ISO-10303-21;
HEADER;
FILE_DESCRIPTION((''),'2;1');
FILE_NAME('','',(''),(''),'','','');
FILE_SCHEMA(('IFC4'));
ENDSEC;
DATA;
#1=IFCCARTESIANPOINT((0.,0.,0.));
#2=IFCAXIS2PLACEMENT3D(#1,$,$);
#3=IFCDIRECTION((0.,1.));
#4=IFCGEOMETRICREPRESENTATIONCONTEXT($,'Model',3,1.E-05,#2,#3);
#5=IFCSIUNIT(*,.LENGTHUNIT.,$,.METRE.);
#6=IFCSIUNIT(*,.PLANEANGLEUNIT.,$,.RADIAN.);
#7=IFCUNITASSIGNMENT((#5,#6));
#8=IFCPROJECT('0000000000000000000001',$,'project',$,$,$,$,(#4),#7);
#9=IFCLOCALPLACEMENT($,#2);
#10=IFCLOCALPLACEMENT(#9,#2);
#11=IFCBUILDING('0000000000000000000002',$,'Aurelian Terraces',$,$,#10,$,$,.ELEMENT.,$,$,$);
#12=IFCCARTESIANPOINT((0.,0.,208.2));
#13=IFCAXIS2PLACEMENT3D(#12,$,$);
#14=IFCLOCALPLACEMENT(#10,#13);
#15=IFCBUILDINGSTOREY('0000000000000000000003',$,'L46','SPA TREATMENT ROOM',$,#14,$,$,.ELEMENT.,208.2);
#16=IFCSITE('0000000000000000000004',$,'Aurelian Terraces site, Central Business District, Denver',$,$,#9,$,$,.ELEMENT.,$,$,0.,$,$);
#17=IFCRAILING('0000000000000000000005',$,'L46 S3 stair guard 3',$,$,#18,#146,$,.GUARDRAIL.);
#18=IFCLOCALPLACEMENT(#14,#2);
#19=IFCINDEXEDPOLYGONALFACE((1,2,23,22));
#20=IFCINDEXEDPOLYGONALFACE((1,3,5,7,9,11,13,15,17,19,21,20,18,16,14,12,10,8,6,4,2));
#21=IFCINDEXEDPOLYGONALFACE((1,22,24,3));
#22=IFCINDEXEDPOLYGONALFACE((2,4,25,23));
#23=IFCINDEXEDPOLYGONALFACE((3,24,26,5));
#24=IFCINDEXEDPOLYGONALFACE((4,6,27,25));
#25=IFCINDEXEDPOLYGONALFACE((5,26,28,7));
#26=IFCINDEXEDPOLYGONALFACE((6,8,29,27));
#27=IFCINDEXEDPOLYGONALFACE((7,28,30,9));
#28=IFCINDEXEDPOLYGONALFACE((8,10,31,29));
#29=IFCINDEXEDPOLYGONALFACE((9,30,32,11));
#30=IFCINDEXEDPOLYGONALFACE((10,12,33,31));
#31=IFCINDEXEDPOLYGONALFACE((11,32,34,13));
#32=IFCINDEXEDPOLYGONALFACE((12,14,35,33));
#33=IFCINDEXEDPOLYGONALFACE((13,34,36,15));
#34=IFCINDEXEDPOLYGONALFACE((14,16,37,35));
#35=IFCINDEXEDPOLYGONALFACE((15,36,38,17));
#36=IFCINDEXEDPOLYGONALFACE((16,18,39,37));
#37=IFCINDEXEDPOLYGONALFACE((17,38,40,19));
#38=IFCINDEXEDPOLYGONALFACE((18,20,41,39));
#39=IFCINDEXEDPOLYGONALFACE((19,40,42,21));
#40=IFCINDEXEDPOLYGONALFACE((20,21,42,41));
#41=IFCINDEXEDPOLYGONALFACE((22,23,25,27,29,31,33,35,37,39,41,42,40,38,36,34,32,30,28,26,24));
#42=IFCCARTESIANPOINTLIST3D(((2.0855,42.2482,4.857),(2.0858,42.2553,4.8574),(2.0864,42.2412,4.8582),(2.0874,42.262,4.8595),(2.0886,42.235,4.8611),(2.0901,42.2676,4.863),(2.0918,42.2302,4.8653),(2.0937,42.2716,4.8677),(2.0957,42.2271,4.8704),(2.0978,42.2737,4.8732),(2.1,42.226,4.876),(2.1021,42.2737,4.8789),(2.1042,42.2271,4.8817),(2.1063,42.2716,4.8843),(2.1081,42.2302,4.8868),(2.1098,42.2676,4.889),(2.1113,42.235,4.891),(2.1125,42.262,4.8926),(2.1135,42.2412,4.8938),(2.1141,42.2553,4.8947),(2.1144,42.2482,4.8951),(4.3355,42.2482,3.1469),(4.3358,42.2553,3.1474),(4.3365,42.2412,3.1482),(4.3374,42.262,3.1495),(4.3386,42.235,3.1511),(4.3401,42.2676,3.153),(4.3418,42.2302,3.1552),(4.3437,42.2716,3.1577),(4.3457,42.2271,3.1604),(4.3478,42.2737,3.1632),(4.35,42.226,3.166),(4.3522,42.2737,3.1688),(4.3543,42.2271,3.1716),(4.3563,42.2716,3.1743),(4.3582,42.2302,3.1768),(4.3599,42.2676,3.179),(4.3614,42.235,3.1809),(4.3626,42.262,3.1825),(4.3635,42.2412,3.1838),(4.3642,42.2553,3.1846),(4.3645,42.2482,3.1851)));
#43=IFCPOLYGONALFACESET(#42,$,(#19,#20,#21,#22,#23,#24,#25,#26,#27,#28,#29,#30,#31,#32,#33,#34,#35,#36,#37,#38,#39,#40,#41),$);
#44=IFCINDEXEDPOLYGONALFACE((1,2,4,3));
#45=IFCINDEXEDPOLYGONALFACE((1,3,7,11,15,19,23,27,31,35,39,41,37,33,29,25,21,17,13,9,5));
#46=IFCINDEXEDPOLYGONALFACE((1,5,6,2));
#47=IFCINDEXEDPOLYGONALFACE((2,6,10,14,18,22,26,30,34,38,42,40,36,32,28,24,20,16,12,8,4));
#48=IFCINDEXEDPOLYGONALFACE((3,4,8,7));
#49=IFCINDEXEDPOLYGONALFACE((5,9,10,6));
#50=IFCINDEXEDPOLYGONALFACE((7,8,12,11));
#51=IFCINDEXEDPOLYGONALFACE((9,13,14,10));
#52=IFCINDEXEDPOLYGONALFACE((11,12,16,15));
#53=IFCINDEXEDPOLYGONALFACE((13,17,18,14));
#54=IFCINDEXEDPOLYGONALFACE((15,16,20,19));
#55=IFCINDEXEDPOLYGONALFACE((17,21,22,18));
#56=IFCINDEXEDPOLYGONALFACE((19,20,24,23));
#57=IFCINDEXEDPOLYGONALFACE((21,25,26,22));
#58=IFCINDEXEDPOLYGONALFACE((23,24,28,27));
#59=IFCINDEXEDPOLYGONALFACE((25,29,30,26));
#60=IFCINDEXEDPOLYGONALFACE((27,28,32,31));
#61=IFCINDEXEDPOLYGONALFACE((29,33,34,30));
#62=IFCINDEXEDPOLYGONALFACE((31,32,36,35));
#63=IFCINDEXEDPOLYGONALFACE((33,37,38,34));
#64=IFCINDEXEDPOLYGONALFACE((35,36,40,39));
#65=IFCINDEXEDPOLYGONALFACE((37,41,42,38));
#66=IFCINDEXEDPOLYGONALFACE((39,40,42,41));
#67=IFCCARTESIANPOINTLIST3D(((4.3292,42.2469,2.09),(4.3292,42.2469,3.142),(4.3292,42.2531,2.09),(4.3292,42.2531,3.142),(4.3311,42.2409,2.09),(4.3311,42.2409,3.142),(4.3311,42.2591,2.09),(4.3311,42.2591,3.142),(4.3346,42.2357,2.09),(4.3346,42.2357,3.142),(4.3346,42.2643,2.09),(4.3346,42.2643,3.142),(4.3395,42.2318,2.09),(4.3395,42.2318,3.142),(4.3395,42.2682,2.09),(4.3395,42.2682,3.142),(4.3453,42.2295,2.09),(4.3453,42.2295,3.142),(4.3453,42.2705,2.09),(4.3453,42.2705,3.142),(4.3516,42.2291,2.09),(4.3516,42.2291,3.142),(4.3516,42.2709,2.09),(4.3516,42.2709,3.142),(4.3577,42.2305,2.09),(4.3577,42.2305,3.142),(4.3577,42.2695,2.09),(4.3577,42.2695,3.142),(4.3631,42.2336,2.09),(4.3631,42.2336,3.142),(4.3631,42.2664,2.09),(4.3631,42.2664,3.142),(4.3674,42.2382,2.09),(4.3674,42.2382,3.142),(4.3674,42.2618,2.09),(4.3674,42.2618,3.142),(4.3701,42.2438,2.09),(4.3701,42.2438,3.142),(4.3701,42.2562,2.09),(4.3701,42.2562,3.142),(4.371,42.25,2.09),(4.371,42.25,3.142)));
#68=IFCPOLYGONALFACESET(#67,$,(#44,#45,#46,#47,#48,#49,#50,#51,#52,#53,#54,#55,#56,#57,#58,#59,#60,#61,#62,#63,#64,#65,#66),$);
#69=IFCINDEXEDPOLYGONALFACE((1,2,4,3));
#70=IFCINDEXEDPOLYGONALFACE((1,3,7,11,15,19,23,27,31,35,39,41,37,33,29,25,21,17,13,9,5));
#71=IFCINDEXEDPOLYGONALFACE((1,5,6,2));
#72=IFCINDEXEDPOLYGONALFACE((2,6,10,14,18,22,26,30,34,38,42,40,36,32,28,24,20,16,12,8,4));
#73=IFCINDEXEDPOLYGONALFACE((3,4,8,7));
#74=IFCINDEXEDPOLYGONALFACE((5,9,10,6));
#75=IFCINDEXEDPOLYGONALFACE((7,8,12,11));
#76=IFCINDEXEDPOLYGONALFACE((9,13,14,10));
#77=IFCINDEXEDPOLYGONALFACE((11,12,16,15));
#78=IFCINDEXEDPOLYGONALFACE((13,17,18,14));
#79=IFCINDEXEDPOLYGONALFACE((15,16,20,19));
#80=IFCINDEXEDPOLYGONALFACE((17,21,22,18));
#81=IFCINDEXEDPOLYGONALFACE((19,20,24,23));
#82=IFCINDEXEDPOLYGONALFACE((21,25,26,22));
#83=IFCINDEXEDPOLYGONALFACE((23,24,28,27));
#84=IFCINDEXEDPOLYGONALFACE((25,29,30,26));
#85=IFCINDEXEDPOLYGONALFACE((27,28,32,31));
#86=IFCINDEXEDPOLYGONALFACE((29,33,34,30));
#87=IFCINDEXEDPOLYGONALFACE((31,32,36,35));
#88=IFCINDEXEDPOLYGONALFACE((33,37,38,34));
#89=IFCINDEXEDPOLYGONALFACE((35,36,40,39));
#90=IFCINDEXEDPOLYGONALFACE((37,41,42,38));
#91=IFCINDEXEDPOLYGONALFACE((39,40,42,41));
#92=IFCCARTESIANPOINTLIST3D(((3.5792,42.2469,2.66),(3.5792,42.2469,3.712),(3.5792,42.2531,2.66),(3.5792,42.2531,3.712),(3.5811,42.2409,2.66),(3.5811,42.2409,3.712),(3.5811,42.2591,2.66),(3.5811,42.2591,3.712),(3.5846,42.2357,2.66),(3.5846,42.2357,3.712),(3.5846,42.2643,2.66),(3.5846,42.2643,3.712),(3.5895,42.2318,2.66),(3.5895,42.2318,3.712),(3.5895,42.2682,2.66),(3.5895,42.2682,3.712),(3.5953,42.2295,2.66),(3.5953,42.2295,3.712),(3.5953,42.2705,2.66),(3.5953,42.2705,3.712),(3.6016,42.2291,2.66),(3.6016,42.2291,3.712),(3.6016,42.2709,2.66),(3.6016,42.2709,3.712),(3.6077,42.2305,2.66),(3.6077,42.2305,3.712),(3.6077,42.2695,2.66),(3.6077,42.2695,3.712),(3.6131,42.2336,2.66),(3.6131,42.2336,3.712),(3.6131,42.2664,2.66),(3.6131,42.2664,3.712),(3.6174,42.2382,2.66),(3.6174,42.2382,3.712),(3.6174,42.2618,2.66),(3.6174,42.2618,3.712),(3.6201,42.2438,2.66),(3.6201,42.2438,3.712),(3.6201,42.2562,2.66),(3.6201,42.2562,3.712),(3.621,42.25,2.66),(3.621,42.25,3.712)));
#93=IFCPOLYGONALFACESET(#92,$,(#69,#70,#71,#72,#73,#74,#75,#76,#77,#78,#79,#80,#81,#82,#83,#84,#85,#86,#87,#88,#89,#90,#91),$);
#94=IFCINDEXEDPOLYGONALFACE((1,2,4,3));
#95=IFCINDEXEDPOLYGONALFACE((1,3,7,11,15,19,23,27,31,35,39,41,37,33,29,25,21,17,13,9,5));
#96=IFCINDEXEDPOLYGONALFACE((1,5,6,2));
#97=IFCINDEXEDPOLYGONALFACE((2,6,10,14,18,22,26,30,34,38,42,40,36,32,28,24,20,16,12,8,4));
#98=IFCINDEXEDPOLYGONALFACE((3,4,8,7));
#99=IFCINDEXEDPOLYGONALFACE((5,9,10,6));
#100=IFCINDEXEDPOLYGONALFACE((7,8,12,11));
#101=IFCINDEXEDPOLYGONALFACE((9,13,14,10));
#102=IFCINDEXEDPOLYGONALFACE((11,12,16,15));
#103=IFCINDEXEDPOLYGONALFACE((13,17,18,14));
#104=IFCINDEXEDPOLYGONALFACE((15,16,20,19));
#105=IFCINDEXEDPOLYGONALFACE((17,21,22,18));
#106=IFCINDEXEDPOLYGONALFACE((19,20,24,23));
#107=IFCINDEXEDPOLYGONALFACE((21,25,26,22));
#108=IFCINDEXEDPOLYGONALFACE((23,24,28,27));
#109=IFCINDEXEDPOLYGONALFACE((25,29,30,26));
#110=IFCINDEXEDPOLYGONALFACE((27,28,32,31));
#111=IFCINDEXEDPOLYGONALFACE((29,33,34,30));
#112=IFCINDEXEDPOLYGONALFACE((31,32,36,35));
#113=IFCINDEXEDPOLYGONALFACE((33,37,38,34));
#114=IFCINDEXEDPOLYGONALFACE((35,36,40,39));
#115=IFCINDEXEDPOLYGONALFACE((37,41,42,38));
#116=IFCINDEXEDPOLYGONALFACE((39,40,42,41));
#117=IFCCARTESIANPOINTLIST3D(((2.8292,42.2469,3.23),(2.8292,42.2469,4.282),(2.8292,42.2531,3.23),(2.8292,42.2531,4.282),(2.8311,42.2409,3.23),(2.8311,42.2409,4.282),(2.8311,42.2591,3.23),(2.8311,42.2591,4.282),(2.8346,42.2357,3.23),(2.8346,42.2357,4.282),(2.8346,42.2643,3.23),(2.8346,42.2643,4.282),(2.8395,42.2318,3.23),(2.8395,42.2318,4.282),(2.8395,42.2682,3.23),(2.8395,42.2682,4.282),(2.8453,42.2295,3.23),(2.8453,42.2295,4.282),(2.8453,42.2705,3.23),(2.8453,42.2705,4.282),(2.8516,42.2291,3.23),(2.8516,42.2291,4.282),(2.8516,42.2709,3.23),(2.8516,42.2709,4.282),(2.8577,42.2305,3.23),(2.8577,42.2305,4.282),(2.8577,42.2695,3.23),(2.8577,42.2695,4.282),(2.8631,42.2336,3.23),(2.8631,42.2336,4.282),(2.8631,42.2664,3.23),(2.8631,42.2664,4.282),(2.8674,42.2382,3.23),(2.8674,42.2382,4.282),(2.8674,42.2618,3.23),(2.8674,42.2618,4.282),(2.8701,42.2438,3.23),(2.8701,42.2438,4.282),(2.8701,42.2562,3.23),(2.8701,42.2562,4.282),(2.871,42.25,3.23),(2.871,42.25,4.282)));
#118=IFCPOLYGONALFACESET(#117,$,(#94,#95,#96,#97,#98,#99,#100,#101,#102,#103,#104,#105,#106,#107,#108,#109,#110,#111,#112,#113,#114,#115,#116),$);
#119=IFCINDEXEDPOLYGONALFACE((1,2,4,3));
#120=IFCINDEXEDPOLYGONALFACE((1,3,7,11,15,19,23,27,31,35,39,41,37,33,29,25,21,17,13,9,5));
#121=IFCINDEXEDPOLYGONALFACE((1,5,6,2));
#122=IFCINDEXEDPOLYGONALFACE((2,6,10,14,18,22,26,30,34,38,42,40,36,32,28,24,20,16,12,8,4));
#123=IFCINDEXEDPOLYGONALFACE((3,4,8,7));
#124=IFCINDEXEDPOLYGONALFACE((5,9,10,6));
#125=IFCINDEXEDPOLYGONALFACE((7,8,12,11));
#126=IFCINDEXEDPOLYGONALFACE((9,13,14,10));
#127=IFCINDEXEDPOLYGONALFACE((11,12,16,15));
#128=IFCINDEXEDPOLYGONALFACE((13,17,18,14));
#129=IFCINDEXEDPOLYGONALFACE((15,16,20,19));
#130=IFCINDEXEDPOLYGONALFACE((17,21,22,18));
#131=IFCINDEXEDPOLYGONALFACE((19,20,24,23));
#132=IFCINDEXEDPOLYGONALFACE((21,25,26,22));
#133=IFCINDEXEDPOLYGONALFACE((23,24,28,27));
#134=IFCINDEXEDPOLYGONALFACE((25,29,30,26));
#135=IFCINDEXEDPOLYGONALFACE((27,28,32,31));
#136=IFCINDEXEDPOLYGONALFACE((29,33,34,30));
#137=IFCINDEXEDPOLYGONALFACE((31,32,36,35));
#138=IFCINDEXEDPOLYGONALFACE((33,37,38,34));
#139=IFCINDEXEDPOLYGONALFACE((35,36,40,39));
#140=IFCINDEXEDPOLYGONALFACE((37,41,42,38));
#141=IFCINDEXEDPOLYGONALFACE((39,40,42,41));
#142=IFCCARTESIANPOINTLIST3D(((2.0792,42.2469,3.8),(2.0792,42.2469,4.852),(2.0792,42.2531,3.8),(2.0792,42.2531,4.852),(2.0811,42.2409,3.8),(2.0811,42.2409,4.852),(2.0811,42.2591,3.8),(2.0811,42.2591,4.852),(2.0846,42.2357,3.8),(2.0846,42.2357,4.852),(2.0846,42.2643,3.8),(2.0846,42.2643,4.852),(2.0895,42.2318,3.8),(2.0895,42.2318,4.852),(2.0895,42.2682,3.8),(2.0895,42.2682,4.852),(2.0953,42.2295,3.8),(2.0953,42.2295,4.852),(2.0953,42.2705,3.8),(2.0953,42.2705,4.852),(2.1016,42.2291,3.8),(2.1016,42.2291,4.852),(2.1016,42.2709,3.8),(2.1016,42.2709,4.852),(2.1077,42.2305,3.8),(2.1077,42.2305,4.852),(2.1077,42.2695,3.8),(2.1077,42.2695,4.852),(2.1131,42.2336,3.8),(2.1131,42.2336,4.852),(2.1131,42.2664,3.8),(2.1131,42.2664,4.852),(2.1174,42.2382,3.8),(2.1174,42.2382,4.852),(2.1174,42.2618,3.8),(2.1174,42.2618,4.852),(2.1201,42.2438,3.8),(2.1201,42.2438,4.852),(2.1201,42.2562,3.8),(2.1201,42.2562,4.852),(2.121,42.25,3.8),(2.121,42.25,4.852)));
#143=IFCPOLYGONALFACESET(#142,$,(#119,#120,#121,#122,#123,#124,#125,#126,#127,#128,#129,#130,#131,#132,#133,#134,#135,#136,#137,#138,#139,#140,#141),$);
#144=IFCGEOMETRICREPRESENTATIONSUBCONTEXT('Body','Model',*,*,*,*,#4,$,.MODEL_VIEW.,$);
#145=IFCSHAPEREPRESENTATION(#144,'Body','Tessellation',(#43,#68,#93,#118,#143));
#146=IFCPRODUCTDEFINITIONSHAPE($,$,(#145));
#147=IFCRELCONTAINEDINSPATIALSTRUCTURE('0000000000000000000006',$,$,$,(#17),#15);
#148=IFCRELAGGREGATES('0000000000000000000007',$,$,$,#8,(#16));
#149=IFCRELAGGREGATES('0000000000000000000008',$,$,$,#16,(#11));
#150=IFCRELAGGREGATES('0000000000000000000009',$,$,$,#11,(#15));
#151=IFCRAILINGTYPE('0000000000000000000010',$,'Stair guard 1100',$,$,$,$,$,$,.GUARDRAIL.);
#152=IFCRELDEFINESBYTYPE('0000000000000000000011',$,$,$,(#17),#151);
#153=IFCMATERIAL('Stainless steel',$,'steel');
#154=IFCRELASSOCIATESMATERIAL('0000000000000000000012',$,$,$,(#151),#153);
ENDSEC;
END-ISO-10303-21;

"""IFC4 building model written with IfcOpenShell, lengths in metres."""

from ifc_helpers import new_model, si_unit, direction, frame, origin, origin_2d, place, context, subcontext, project, spatial, circle, extrude, source, transform, mapped, material, type_object, element, save


model = new_model("IFC4")

# Units and contexts
model_context = context("Model", 3, precision=1e-05, world=origin(), true_north=direction((0.0, 1.0)))
body_context = subcontext(model_context, "Body", "Model", "MODEL_VIEW")
ifc_project = project(units=[si_unit("LENGTHUNIT", "METRE"), si_unit("PLANEANGLEUNIT", "RADIAN")], contexts=[model_context])

# Site, building, storey
site_placement = place(None, origin())
site = spatial("IfcSite", under=ifc_project, at=site_placement, Name="Aurelian Terraces site, Central Business District, Denver", CompositionType="ELEMENT", RefElevation=0.0)
building_placement = place(site_placement, origin())
building = spatial("IfcBuilding", under=site, at=building_placement, Name="Aurelian Terraces", CompositionType="ELEMENT")
storey_placement = place(building_placement, frame((0.0, 0.0, 208.2)))
storey = spatial("IfcBuildingStorey", under=building, at=storey_placement, Name="L46", Description="SPA TREATMENT ROOM", CompositionType="ELEMENT", Elevation=208.2)

# Railing
ifc_material_1 = material(Name="Stainless steel", Category="steel")
railing_type_1 = type_object("IfcRailingType", Name="Stair guard 1100", PredefinedType="GUARDRAIL", material=ifc_material_1)
shared_shape_1 = source(origin(), body_context, "Body", "SweptSolid", [
    extrude(circle(Radius=0.024, at=origin_2d()), frame((0.0, 0.0, 1.076), z_axis=(-0.796162, 0.0, 0.605083), x_axis=(0.0, -1.0, 0.0)), (0.0, 0.0, 1.0), 2.8261),
    extrude(circle(Radius=0.021, at=origin_2d()), origin(), (0.0, 0.0, 1.0), 1.052),
    extrude(circle(Radius=0.021, at=origin_2d()), frame((-0.75, 0.0, 0.57)), (0.0, 0.0, 1.0), 1.052),
    extrude(circle(Radius=0.021, at=origin_2d()), frame((-1.5, 0.0, 1.14)), (0.0, 0.0, 1.0), 1.052),
    extrude(circle(Radius=0.021, at=origin_2d()), frame((-2.25, 0.0, 1.71)), (0.0, 0.0, 1.0), 1.052),
])
railing_1_placement = place(storey_placement, frame((4.35, 42.25, 2.09)))
element("IfcRailing", 1, at=railing_1_placement, inside=storey, type_object=railing_type_1, Name="L46 S3 stair guard 3", PredefinedType="GUARDRAIL", context=body_context, shape_type="MappedRepresentation", body=[
    mapped(shared_shape_1, transform((0.0, 0.0, 0.0), scale=1.0)),
])

save(model, "model.ifc")
